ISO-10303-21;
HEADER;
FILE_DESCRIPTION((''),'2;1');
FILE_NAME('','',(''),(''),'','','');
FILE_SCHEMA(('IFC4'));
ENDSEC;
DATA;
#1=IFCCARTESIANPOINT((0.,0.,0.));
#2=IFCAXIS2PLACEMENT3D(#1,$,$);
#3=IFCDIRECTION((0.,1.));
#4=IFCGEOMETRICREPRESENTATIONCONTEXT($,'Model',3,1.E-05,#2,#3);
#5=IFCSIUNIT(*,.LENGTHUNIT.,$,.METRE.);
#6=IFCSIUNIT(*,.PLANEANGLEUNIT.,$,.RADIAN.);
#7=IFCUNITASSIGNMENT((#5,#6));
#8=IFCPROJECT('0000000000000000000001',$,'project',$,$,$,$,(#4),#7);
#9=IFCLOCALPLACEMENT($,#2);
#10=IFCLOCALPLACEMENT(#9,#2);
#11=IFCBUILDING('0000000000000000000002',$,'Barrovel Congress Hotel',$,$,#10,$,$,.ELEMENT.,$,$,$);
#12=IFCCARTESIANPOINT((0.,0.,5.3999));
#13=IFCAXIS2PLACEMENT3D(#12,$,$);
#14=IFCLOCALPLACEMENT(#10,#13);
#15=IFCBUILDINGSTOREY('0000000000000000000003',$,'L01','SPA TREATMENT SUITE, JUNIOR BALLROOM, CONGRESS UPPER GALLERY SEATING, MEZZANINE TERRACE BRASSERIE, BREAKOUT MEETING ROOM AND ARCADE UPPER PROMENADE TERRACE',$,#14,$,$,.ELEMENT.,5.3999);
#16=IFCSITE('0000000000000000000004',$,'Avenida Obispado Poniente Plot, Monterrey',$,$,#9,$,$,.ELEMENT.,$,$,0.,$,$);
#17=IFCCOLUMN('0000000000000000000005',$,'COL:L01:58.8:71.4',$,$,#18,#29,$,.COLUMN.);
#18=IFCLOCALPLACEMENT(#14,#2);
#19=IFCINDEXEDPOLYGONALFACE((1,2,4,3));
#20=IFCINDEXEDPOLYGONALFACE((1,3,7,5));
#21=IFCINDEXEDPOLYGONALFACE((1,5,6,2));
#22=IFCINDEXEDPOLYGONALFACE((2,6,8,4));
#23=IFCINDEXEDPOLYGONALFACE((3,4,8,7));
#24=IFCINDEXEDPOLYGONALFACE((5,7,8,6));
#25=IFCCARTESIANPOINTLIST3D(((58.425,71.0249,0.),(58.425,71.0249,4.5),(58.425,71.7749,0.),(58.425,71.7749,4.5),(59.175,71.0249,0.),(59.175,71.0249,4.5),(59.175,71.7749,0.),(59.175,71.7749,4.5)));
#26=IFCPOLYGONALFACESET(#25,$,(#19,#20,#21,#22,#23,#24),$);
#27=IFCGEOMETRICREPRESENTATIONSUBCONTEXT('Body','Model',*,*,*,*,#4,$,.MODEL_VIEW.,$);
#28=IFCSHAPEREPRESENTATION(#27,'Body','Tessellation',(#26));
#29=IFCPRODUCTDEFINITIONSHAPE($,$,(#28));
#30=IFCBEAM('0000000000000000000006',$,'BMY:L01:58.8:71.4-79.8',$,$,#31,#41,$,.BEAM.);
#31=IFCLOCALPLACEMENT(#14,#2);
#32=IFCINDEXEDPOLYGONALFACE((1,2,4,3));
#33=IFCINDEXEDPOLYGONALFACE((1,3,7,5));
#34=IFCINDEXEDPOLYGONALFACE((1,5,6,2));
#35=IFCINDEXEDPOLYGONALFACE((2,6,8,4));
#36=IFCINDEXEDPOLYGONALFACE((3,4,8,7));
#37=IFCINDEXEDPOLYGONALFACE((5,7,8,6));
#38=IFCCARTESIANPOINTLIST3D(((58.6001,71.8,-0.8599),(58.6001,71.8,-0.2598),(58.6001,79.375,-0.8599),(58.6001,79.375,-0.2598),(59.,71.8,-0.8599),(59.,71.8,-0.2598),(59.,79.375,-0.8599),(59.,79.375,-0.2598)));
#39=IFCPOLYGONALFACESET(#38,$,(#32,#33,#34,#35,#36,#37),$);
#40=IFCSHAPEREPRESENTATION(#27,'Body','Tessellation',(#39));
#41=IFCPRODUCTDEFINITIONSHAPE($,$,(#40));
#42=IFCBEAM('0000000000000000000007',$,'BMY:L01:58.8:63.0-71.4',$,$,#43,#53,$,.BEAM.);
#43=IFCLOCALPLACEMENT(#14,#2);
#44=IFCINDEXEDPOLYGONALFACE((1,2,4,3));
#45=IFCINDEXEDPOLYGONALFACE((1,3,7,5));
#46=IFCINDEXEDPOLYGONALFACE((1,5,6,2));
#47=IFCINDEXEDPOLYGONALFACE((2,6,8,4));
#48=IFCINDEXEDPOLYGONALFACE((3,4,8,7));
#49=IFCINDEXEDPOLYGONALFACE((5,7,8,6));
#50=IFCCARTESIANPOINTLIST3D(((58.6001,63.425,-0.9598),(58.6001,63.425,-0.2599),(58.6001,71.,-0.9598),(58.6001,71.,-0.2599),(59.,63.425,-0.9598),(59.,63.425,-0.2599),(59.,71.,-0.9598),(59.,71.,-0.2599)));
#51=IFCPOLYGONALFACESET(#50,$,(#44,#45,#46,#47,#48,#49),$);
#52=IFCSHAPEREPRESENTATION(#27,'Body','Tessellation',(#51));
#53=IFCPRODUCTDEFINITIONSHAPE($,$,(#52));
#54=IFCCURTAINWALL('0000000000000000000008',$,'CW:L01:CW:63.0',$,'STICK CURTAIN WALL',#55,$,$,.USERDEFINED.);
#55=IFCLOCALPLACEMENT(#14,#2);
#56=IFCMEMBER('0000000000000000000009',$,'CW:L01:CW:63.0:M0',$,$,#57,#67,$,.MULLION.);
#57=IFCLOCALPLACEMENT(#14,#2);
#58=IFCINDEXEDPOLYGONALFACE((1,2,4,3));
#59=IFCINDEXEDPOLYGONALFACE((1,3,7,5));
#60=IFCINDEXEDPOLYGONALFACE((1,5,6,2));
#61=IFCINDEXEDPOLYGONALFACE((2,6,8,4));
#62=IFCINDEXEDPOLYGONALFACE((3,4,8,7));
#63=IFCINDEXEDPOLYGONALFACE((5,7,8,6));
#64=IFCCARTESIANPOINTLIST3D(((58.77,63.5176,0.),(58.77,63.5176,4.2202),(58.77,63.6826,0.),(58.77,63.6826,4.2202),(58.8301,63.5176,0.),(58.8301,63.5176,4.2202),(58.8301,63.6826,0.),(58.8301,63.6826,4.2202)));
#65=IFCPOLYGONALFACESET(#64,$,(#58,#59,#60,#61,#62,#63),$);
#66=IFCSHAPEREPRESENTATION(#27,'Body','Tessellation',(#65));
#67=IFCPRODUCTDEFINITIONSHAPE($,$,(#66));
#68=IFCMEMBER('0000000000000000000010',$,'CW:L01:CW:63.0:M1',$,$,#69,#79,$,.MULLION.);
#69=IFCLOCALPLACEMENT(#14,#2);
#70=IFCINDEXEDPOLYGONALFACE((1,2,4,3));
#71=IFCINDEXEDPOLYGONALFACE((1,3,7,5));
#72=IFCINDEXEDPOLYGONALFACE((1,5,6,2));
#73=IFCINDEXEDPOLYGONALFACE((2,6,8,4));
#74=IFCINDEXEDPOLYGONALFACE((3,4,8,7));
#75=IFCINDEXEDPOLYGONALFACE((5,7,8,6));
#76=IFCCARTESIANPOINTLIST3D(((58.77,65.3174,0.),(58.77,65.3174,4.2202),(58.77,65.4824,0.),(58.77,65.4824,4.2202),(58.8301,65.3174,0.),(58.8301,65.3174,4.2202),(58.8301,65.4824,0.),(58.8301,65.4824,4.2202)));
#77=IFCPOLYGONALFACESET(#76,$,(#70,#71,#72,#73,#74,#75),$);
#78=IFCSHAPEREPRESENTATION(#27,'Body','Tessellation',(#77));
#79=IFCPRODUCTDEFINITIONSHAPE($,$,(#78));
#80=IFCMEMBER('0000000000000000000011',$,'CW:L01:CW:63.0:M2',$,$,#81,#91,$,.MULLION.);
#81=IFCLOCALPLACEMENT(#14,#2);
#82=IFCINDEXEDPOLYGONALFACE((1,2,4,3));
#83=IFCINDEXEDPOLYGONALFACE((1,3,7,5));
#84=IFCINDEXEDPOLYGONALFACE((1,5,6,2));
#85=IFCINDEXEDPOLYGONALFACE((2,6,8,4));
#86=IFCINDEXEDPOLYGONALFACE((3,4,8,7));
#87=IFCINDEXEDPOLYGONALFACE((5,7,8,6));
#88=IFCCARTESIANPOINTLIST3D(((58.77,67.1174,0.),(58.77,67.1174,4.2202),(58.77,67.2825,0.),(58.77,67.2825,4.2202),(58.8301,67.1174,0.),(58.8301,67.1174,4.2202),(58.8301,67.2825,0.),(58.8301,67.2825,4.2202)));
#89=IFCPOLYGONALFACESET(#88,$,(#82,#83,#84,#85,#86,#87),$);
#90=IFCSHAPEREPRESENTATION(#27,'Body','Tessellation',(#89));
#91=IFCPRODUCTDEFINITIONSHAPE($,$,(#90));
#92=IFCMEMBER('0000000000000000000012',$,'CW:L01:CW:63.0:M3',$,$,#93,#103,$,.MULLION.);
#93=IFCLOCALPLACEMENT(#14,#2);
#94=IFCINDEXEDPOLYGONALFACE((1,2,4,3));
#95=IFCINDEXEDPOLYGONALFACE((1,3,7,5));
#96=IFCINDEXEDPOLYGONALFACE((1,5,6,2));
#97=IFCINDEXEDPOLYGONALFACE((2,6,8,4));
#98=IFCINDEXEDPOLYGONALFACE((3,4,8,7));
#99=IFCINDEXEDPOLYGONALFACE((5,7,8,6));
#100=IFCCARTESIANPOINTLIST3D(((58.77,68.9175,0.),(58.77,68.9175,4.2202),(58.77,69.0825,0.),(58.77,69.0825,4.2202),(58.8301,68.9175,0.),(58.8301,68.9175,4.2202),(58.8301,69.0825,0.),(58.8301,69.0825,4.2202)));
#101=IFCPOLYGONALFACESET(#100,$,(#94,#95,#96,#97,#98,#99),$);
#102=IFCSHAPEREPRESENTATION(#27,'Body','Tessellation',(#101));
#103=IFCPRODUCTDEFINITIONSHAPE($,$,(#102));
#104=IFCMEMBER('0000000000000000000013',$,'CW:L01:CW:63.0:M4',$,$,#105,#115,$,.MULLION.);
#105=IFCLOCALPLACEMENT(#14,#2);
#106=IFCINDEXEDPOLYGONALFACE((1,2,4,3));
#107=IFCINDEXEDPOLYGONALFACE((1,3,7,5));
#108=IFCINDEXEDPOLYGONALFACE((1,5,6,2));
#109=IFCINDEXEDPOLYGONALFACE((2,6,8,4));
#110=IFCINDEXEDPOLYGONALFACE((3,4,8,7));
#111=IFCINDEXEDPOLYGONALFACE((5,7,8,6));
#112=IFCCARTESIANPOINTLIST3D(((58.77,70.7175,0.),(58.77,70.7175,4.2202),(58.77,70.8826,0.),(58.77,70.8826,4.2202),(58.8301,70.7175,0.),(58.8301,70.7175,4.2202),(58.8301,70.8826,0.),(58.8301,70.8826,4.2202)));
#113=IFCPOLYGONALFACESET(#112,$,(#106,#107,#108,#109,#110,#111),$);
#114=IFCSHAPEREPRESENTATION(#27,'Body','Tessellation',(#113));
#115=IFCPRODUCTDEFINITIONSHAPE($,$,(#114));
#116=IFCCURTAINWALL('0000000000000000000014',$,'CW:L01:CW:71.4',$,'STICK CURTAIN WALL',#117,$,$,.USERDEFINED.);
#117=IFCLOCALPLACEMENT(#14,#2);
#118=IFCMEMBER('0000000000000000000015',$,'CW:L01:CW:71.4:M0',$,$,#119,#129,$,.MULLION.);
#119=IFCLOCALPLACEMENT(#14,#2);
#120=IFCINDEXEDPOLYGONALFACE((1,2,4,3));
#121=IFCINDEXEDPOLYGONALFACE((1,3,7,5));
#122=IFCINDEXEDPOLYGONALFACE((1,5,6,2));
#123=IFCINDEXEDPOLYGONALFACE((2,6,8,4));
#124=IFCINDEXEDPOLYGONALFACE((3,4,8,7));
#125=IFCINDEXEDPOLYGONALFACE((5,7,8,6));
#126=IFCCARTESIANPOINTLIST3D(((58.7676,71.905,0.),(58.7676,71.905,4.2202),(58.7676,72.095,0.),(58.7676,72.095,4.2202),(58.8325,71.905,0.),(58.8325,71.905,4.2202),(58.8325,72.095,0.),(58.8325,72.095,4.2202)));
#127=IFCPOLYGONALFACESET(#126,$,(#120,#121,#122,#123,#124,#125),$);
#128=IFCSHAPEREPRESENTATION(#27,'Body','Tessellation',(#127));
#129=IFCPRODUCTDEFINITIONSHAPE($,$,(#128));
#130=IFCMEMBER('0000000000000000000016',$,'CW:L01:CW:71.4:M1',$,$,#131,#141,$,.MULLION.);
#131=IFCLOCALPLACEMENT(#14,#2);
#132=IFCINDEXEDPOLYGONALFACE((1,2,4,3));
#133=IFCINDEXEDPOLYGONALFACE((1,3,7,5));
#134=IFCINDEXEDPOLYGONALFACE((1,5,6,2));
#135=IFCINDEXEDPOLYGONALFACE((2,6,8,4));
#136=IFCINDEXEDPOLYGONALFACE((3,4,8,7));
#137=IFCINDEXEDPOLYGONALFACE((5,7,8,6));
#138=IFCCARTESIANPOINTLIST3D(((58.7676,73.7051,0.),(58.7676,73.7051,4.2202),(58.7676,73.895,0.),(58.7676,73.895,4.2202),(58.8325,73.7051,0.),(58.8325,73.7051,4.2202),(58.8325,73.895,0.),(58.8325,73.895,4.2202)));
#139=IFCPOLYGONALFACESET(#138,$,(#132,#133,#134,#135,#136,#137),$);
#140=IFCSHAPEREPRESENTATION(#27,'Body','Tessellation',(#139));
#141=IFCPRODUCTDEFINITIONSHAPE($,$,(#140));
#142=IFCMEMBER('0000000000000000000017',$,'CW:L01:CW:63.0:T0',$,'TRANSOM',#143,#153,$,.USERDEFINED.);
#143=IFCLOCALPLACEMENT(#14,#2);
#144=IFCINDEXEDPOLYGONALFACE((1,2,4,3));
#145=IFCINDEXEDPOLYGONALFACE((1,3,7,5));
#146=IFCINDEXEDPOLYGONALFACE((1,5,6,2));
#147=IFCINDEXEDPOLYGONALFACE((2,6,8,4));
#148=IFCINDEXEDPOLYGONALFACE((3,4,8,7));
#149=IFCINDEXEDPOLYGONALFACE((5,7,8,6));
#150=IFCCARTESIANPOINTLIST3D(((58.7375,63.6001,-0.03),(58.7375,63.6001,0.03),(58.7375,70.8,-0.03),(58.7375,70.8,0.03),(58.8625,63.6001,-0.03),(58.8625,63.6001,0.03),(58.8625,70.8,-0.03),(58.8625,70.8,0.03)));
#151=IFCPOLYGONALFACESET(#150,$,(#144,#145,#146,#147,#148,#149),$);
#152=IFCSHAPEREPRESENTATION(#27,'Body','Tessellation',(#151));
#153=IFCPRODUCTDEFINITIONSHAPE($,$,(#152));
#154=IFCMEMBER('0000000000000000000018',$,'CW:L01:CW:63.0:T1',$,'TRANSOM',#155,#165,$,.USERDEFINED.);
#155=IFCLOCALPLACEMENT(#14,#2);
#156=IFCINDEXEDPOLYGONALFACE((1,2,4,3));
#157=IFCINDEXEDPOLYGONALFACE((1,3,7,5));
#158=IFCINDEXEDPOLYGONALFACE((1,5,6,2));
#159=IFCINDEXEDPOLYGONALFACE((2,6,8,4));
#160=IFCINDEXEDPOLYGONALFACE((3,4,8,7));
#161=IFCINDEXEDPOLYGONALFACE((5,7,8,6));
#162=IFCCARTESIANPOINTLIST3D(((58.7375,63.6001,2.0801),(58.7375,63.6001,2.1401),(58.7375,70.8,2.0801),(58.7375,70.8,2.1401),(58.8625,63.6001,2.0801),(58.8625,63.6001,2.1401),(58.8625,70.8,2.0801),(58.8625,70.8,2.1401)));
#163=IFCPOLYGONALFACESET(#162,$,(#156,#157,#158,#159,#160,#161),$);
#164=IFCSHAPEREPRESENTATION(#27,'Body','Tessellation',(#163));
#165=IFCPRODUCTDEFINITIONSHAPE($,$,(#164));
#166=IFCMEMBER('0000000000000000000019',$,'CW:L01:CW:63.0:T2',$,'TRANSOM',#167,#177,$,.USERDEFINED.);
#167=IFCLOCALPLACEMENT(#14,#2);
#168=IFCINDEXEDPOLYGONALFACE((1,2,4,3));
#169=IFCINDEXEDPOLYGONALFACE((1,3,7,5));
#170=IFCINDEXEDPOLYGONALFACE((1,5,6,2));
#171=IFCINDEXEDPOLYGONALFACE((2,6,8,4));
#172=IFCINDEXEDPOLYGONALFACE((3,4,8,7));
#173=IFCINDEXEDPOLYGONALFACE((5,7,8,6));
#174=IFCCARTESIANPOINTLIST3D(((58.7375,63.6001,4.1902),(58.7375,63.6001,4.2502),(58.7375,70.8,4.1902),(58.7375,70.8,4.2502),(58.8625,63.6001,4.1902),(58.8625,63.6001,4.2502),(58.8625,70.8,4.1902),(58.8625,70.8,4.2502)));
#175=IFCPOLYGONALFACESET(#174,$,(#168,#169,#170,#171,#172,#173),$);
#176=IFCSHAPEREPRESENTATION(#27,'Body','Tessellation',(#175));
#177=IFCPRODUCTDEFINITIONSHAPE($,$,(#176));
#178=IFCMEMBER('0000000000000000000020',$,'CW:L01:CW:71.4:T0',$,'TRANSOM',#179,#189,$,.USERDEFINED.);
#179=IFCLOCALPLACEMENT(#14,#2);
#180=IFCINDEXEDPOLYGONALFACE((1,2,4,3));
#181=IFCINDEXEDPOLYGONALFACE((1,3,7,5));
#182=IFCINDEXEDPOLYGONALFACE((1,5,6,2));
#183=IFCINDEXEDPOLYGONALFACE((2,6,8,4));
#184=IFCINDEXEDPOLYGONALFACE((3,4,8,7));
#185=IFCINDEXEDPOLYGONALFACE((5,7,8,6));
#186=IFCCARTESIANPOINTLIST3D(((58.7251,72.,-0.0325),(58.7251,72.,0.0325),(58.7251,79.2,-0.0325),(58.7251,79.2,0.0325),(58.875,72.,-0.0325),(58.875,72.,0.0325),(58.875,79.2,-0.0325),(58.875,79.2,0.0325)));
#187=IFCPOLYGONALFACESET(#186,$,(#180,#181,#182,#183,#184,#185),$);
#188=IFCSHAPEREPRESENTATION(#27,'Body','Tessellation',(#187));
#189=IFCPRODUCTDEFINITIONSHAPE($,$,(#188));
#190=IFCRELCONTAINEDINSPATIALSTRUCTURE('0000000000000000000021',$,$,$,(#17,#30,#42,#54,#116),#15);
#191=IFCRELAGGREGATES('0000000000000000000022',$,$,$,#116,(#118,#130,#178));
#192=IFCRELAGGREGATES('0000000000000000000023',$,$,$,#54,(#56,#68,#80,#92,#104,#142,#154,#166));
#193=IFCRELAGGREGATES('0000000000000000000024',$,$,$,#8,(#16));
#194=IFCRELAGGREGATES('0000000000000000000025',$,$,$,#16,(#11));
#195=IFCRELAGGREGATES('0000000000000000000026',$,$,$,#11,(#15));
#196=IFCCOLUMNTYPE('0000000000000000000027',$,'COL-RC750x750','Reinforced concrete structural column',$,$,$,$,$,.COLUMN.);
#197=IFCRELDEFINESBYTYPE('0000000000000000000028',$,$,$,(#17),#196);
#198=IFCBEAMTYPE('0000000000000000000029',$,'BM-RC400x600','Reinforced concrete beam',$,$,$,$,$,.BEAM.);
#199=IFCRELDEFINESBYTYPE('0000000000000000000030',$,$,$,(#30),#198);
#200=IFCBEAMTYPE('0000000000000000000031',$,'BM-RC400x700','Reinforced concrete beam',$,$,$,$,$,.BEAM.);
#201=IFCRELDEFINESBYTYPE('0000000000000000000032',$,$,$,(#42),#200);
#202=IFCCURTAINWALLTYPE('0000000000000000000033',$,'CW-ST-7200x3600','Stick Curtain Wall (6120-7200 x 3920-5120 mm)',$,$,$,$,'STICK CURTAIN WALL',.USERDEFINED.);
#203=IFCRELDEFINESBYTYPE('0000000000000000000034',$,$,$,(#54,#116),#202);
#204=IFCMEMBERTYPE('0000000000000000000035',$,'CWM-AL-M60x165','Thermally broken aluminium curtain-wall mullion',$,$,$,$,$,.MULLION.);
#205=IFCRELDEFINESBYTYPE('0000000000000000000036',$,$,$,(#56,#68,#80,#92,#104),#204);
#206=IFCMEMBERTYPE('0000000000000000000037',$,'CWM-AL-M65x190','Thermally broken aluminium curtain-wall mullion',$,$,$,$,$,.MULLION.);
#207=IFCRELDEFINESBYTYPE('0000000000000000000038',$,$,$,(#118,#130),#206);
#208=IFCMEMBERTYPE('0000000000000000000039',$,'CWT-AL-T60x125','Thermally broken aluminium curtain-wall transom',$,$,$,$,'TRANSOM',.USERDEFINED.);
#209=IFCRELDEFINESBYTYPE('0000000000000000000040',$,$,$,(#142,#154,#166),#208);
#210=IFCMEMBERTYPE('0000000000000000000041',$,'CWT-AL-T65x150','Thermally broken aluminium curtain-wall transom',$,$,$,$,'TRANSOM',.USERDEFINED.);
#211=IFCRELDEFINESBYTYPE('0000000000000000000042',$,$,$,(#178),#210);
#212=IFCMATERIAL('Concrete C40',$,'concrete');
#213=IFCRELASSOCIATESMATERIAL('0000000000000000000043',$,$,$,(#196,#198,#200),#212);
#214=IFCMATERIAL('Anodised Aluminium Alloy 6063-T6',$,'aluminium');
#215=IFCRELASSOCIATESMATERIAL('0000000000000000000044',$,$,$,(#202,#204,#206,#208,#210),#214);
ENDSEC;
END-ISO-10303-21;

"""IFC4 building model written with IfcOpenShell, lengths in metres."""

from ifc_helpers import new_model, si_unit, direction, frame, origin, origin_2d, place, context, subcontext, project, spatial, rectangle, extrude, material, material_profile, profile_set, type_object, element, aggregate, save


model = new_model("IFC4")

# Units and contexts
model_context = context("Model", 3, precision=1e-05, world=origin(), true_north=direction((0.0, 1.0)))
body_context = subcontext(model_context, "Body", "Model", "MODEL_VIEW")
ifc_project = project(units=[si_unit("LENGTHUNIT", "METRE"), si_unit("PLANEANGLEUNIT", "RADIAN")], contexts=[model_context])

# Site, building, storey
site_placement = place(None, origin())
site = spatial("IfcSite", under=ifc_project, at=site_placement, Name="Avenida Obispado Poniente Plot, Monterrey", CompositionType="ELEMENT", RefElevation=0.0)
building_placement = place(site_placement, origin())
building = spatial("IfcBuilding", under=site, at=building_placement, Name="Barrovel Congress Hotel", CompositionType="ELEMENT")
storey_placement = place(building_placement, frame((0.0, 0.0, 5.3999)))
storey = spatial("IfcBuildingStorey", under=building, at=storey_placement, Name="L01", Description="SPA TREATMENT SUITE, JUNIOR BALLROOM, CONGRESS UPPER GALLERY SEATING, MEZZANINE TERRACE BRASSERIE, BREAKOUT MEETING ROOM AND ARCADE UPPER PROMENADE TERRACE", CompositionType="ELEMENT", Elevation=5.3999)

# Column
ifc_material_1 = material(Name="Concrete C40", Category="concrete")
ifc_material_profile_1 = material_profile(ifc_material_1, rectangle(XDim=0.75, YDim=0.75, at=origin_2d()), Name="RC750x750")
ifc_profile_set_1 = profile_set([ifc_material_profile_1], Name="Concrete C40")
column_type = type_object("IfcColumnType", Name="COL-RC750x750", Description="Reinforced concrete structural column", PredefinedType="COLUMN", material=ifc_profile_set_1)
column_placement = place(storey_placement, frame((58.8, 71.3999, 0.0), z_axis=(0.0, 0.0, 1.0), x_axis=(1.0, 0.0, 0.0)))
element("IfcColumn", 1, at=column_placement, inside=storey, type_object=column_type, Name="COL:L01:58.8:71.4", PredefinedType="COLUMN", context=body_context, shape_type="SweptSolid", body=[
    extrude(rectangle(XDim=0.75, YDim=0.75, at=origin_2d()), origin(), (0.0, 0.0, 1.0), 4.5),
])

# Beams
ifc_material_profile_2 = material_profile(ifc_material_1, rectangle(XDim=0.3999, YDim=0.6001, at=origin_2d()), Name="RC400x600")
ifc_profile_set_2 = profile_set([ifc_material_profile_2], Name="Concrete C40")
beam_type_1 = type_object("IfcBeamType", Name="BM-RC400x600", Description="Reinforced concrete beam", PredefinedType="BEAM", material=ifc_profile_set_2)
beam_1_placement = place(storey_placement, frame((58.8, 71.8, -0.5598), z_axis=(0.0, 1.0, 0.0), x_axis=(-1.0, 0.0, 0.0)))
element("IfcBeam", 2, at=beam_1_placement, inside=storey, type_object=beam_type_1, Name="BMY:L01:58.8:71.4-79.8", PredefinedType="BEAM", context=body_context, shape_type="SweptSolid", body=[
    extrude(rectangle(XDim=0.3999, YDim=0.6001, at=origin_2d()), origin(), (0.0, 0.0, 1.0), 7.575),
])
ifc_material_profile_3 = material_profile(ifc_material_1, rectangle(XDim=0.3999, YDim=0.7, at=origin_2d()), Name="RC400x700")
ifc_profile_set_3 = profile_set([ifc_material_profile_3], Name="Concrete C40")
beam_type_2 = type_object("IfcBeamType", Name="BM-RC400x700", Description="Reinforced concrete beam", PredefinedType="BEAM", material=ifc_profile_set_3)
beam_2_placement = place(storey_placement, frame((58.8, 63.425, -0.6099), z_axis=(0.0, 1.0, 0.0), x_axis=(-1.0, 0.0, 0.0)))
element("IfcBeam", 3, at=beam_2_placement, inside=storey, type_object=beam_type_2, Name="BMY:L01:58.8:63.0-71.4", PredefinedType="BEAM", context=body_context, shape_type="SweptSolid", body=[
    extrude(rectangle(XDim=0.3999, YDim=0.7, at=origin_2d()), origin(), (0.0, 0.0, 1.0), 7.575),
])

# Curtain walls, members
ifc_material_2 = material(Name="Anodised Aluminium Alloy 6063-T6", Category="aluminium")
curtain_wall_type = type_object("IfcCurtainWallType", Name="CW-ST-7200x3600", Description="Stick Curtain Wall (6120-7200 x 3920-5120 mm)", ElementType="STICK CURTAIN WALL", PredefinedType="USERDEFINED", material=ifc_material_2)
curtain_wall_1_placement = place(storey_placement, origin())
curtain_wall_1 = element("IfcCurtainWall", 4, at=curtain_wall_1_placement, inside=storey, type_object=curtain_wall_type, Name="CW:L01:CW:63.0", ObjectType="STICK CURTAIN WALL", PredefinedType="USERDEFINED")
ifc_material_profile_4 = material_profile(ifc_material_2, rectangle(XDim=0.0601, YDim=0.165, at=origin_2d()), Name="AL-M60x165")
ifc_profile_set_4 = profile_set([ifc_material_profile_4], Name="Anodised Aluminium Alloy 6063-T6")
member_type_1 = type_object("IfcMemberType", Name="CWM-AL-M60x165", Description="Thermally broken aluminium curtain-wall mullion", PredefinedType="MULLION", material=ifc_profile_set_4)
member_1_placement = place(storey_placement, frame((58.8, 63.6001, 0.0), z_axis=(0.0, 0.0, 1.0), x_axis=(1.0, 0.0, 0.0)))
member_1 = element("IfcMember", 5, at=member_1_placement, type_object=member_type_1, Name="CW:L01:CW:63.0:M0", PredefinedType="MULLION", context=body_context, shape_type="SweptSolid", body=[
    extrude(rectangle(XDim=0.0601, YDim=0.165, at=origin_2d()), origin(), (0.0, 0.0, 1.0), 4.2202),
])
member_2_placement = place(storey_placement, frame((58.8, 65.3999, 0.0), z_axis=(0.0, 0.0, 1.0), x_axis=(1.0, 0.0, 0.0)))
member_2 = element("IfcMember", 6, at=member_2_placement, type_object=member_type_1, Name="CW:L01:CW:63.0:M1", PredefinedType="MULLION", context=body_context, shape_type="SweptSolid", body=[
    extrude(rectangle(XDim=0.0601, YDim=0.165, at=origin_2d()), origin(), (0.0, 0.0, 1.0), 4.2202),
])
member_3_placement = place(storey_placement, frame((58.8, 67.2, 0.0), z_axis=(0.0, 0.0, 1.0), x_axis=(1.0, 0.0, 0.0)))
member_3 = element("IfcMember", 7, at=member_3_placement, type_object=member_type_1, Name="CW:L01:CW:63.0:M2", PredefinedType="MULLION", context=body_context, shape_type="SweptSolid", body=[
    extrude(rectangle(XDim=0.0601, YDim=0.165, at=origin_2d()), origin(), (0.0, 0.0, 1.0), 4.2202),
])
member_4_placement = place(storey_placement, frame((58.8, 69.0, 0.0), z_axis=(0.0, 0.0, 1.0), x_axis=(1.0, 0.0, 0.0)))
member_4 = element("IfcMember", 8, at=member_4_placement, type_object=member_type_1, Name="CW:L01:CW:63.0:M3", PredefinedType="MULLION", context=body_context, shape_type="SweptSolid", body=[
    extrude(rectangle(XDim=0.0601, YDim=0.165, at=origin_2d()), origin(), (0.0, 0.0, 1.0), 4.2202),
])
member_5_placement = place(storey_placement, frame((58.8, 70.8, 0.0), z_axis=(0.0, 0.0, 1.0), x_axis=(1.0, 0.0, 0.0)))
member_5 = element("IfcMember", 9, at=member_5_placement, type_object=member_type_1, Name="CW:L01:CW:63.0:M4", PredefinedType="MULLION", context=body_context, shape_type="SweptSolid", body=[
    extrude(rectangle(XDim=0.0601, YDim=0.165, at=origin_2d()), origin(), (0.0, 0.0, 1.0), 4.2202),
])
curtain_wall_2_placement = place(storey_placement, origin())
curtain_wall_2 = element("IfcCurtainWall", 10, at=curtain_wall_2_placement, inside=storey, type_object=curtain_wall_type, Name="CW:L01:CW:71.4", ObjectType="STICK CURTAIN WALL", PredefinedType="USERDEFINED")
ifc_material_profile_5 = material_profile(ifc_material_2, rectangle(XDim=0.0649, YDim=0.1899, at=origin_2d()), Name="AL-M65x190")
ifc_profile_set_5 = profile_set([ifc_material_profile_5], Name="Anodised Aluminium Alloy 6063-T6")
member_type_2 = type_object("IfcMemberType", Name="CWM-AL-M65x190", Description="Thermally broken aluminium curtain-wall mullion", PredefinedType="MULLION", material=ifc_profile_set_5)
member_6_placement = place(storey_placement, frame((58.8, 72.0, 0.0), z_axis=(0.0, 0.0, 1.0), x_axis=(1.0, 0.0, 0.0)))
member_6 = element("IfcMember", 11, at=member_6_placement, type_object=member_type_2, Name="CW:L01:CW:71.4:M0", PredefinedType="MULLION", context=body_context, shape_type="SweptSolid", body=[
    extrude(rectangle(XDim=0.0649, YDim=0.1899, at=origin_2d()), origin(), (0.0, 0.0, 1.0), 4.2202),
])
member_7_placement = place(storey_placement, frame((58.8, 73.8, 0.0), z_axis=(0.0, 0.0, 1.0), x_axis=(1.0, 0.0, 0.0)))
member_7 = element("IfcMember", 12, at=member_7_placement, type_object=member_type_2, Name="CW:L01:CW:71.4:M1", PredefinedType="MULLION", context=body_context, shape_type="SweptSolid", body=[
    extrude(rectangle(XDim=0.0649, YDim=0.1899, at=origin_2d()), origin(), (0.0, 0.0, 1.0), 4.2202),
])

# Members
ifc_material_profile_6 = material_profile(ifc_material_2, rectangle(XDim=0.125, YDim=0.0601, at=origin_2d()), Name="AL-T60x125")
ifc_profile_set_6 = profile_set([ifc_material_profile_6], Name="Anodised Aluminium Alloy 6063-T6")
member_type_3 = type_object("IfcMemberType", Name="CWT-AL-T60x125", Description="Thermally broken aluminium curtain-wall transom", ElementType="TRANSOM", PredefinedType="USERDEFINED", material=ifc_profile_set_6)
member_8_placement = place(storey_placement, frame((58.8, 63.6001, 0.0), z_axis=(0.0, 1.0, 0.0), x_axis=(-1.0, 0.0, 0.0)))
member_8 = element("IfcMember", 13, at=member_8_placement, type_object=member_type_3, Name="CW:L01:CW:63.0:T0", ObjectType="TRANSOM", PredefinedType="USERDEFINED", context=body_context, shape_type="SweptSolid", body=[
    extrude(rectangle(XDim=0.125, YDim=0.0601, at=origin_2d()), origin(), (0.0, 0.0, 1.0), 7.2),
])
member_9_placement = place(storey_placement, frame((58.8, 63.6001, 2.1101), z_axis=(0.0, 1.0, 0.0), x_axis=(-1.0, 0.0, 0.0)))
member_9 = element("IfcMember", 14, at=member_9_placement, type_object=member_type_3, Name="CW:L01:CW:63.0:T1", ObjectType="TRANSOM", PredefinedType="USERDEFINED", context=body_context, shape_type="SweptSolid", body=[
    extrude(rectangle(XDim=0.125, YDim=0.0601, at=origin_2d()), origin(), (0.0, 0.0, 1.0), 7.2),
])
member_10_placement = place(storey_placement, frame((58.8, 63.6001, 4.2202), z_axis=(0.0, 1.0, 0.0), x_axis=(-1.0, 0.0, 0.0)))
member_10 = element("IfcMember", 15, at=member_10_placement, type_object=member_type_3, Name="CW:L01:CW:63.0:T2", ObjectType="TRANSOM", PredefinedType="USERDEFINED", context=body_context, shape_type="SweptSolid", body=[
    extrude(rectangle(XDim=0.125, YDim=0.0601, at=origin_2d()), origin(), (0.0, 0.0, 1.0), 7.2),
])
ifc_material_profile_7 = material_profile(ifc_material_2, rectangle(XDim=0.1499, YDim=0.0649, at=origin_2d()), Name="AL-T65x150")
ifc_profile_set_7 = profile_set([ifc_material_profile_7], Name="Anodised Aluminium Alloy 6063-T6")
member_type_4 = type_object("IfcMemberType", Name="CWT-AL-T65x150", Description="Thermally broken aluminium curtain-wall transom", ElementType="TRANSOM", PredefinedType="USERDEFINED", material=ifc_profile_set_7)
member_11_placement = place(storey_placement, frame((58.8, 72.0, 0.0), z_axis=(0.0, 1.0, 0.0), x_axis=(-1.0, 0.0, 0.0)))
member_11 = element("IfcMember", 16, at=member_11_placement, type_object=member_type_4, Name="CW:L01:CW:71.4:T0", ObjectType="TRANSOM", PredefinedType="USERDEFINED", context=body_context, shape_type="SweptSolid", body=[
    extrude(rectangle(XDim=0.1499, YDim=0.0649, at=origin_2d()), origin(), (0.0, 0.0, 1.0), 7.2),
])

aggregate(curtain_wall_2, [member_6, member_7, member_11])
aggregate(curtain_wall_1, [member_1, member_2, member_3, member_4, member_5, member_8, member_9, member_10])

save(model, "model.ifc")
